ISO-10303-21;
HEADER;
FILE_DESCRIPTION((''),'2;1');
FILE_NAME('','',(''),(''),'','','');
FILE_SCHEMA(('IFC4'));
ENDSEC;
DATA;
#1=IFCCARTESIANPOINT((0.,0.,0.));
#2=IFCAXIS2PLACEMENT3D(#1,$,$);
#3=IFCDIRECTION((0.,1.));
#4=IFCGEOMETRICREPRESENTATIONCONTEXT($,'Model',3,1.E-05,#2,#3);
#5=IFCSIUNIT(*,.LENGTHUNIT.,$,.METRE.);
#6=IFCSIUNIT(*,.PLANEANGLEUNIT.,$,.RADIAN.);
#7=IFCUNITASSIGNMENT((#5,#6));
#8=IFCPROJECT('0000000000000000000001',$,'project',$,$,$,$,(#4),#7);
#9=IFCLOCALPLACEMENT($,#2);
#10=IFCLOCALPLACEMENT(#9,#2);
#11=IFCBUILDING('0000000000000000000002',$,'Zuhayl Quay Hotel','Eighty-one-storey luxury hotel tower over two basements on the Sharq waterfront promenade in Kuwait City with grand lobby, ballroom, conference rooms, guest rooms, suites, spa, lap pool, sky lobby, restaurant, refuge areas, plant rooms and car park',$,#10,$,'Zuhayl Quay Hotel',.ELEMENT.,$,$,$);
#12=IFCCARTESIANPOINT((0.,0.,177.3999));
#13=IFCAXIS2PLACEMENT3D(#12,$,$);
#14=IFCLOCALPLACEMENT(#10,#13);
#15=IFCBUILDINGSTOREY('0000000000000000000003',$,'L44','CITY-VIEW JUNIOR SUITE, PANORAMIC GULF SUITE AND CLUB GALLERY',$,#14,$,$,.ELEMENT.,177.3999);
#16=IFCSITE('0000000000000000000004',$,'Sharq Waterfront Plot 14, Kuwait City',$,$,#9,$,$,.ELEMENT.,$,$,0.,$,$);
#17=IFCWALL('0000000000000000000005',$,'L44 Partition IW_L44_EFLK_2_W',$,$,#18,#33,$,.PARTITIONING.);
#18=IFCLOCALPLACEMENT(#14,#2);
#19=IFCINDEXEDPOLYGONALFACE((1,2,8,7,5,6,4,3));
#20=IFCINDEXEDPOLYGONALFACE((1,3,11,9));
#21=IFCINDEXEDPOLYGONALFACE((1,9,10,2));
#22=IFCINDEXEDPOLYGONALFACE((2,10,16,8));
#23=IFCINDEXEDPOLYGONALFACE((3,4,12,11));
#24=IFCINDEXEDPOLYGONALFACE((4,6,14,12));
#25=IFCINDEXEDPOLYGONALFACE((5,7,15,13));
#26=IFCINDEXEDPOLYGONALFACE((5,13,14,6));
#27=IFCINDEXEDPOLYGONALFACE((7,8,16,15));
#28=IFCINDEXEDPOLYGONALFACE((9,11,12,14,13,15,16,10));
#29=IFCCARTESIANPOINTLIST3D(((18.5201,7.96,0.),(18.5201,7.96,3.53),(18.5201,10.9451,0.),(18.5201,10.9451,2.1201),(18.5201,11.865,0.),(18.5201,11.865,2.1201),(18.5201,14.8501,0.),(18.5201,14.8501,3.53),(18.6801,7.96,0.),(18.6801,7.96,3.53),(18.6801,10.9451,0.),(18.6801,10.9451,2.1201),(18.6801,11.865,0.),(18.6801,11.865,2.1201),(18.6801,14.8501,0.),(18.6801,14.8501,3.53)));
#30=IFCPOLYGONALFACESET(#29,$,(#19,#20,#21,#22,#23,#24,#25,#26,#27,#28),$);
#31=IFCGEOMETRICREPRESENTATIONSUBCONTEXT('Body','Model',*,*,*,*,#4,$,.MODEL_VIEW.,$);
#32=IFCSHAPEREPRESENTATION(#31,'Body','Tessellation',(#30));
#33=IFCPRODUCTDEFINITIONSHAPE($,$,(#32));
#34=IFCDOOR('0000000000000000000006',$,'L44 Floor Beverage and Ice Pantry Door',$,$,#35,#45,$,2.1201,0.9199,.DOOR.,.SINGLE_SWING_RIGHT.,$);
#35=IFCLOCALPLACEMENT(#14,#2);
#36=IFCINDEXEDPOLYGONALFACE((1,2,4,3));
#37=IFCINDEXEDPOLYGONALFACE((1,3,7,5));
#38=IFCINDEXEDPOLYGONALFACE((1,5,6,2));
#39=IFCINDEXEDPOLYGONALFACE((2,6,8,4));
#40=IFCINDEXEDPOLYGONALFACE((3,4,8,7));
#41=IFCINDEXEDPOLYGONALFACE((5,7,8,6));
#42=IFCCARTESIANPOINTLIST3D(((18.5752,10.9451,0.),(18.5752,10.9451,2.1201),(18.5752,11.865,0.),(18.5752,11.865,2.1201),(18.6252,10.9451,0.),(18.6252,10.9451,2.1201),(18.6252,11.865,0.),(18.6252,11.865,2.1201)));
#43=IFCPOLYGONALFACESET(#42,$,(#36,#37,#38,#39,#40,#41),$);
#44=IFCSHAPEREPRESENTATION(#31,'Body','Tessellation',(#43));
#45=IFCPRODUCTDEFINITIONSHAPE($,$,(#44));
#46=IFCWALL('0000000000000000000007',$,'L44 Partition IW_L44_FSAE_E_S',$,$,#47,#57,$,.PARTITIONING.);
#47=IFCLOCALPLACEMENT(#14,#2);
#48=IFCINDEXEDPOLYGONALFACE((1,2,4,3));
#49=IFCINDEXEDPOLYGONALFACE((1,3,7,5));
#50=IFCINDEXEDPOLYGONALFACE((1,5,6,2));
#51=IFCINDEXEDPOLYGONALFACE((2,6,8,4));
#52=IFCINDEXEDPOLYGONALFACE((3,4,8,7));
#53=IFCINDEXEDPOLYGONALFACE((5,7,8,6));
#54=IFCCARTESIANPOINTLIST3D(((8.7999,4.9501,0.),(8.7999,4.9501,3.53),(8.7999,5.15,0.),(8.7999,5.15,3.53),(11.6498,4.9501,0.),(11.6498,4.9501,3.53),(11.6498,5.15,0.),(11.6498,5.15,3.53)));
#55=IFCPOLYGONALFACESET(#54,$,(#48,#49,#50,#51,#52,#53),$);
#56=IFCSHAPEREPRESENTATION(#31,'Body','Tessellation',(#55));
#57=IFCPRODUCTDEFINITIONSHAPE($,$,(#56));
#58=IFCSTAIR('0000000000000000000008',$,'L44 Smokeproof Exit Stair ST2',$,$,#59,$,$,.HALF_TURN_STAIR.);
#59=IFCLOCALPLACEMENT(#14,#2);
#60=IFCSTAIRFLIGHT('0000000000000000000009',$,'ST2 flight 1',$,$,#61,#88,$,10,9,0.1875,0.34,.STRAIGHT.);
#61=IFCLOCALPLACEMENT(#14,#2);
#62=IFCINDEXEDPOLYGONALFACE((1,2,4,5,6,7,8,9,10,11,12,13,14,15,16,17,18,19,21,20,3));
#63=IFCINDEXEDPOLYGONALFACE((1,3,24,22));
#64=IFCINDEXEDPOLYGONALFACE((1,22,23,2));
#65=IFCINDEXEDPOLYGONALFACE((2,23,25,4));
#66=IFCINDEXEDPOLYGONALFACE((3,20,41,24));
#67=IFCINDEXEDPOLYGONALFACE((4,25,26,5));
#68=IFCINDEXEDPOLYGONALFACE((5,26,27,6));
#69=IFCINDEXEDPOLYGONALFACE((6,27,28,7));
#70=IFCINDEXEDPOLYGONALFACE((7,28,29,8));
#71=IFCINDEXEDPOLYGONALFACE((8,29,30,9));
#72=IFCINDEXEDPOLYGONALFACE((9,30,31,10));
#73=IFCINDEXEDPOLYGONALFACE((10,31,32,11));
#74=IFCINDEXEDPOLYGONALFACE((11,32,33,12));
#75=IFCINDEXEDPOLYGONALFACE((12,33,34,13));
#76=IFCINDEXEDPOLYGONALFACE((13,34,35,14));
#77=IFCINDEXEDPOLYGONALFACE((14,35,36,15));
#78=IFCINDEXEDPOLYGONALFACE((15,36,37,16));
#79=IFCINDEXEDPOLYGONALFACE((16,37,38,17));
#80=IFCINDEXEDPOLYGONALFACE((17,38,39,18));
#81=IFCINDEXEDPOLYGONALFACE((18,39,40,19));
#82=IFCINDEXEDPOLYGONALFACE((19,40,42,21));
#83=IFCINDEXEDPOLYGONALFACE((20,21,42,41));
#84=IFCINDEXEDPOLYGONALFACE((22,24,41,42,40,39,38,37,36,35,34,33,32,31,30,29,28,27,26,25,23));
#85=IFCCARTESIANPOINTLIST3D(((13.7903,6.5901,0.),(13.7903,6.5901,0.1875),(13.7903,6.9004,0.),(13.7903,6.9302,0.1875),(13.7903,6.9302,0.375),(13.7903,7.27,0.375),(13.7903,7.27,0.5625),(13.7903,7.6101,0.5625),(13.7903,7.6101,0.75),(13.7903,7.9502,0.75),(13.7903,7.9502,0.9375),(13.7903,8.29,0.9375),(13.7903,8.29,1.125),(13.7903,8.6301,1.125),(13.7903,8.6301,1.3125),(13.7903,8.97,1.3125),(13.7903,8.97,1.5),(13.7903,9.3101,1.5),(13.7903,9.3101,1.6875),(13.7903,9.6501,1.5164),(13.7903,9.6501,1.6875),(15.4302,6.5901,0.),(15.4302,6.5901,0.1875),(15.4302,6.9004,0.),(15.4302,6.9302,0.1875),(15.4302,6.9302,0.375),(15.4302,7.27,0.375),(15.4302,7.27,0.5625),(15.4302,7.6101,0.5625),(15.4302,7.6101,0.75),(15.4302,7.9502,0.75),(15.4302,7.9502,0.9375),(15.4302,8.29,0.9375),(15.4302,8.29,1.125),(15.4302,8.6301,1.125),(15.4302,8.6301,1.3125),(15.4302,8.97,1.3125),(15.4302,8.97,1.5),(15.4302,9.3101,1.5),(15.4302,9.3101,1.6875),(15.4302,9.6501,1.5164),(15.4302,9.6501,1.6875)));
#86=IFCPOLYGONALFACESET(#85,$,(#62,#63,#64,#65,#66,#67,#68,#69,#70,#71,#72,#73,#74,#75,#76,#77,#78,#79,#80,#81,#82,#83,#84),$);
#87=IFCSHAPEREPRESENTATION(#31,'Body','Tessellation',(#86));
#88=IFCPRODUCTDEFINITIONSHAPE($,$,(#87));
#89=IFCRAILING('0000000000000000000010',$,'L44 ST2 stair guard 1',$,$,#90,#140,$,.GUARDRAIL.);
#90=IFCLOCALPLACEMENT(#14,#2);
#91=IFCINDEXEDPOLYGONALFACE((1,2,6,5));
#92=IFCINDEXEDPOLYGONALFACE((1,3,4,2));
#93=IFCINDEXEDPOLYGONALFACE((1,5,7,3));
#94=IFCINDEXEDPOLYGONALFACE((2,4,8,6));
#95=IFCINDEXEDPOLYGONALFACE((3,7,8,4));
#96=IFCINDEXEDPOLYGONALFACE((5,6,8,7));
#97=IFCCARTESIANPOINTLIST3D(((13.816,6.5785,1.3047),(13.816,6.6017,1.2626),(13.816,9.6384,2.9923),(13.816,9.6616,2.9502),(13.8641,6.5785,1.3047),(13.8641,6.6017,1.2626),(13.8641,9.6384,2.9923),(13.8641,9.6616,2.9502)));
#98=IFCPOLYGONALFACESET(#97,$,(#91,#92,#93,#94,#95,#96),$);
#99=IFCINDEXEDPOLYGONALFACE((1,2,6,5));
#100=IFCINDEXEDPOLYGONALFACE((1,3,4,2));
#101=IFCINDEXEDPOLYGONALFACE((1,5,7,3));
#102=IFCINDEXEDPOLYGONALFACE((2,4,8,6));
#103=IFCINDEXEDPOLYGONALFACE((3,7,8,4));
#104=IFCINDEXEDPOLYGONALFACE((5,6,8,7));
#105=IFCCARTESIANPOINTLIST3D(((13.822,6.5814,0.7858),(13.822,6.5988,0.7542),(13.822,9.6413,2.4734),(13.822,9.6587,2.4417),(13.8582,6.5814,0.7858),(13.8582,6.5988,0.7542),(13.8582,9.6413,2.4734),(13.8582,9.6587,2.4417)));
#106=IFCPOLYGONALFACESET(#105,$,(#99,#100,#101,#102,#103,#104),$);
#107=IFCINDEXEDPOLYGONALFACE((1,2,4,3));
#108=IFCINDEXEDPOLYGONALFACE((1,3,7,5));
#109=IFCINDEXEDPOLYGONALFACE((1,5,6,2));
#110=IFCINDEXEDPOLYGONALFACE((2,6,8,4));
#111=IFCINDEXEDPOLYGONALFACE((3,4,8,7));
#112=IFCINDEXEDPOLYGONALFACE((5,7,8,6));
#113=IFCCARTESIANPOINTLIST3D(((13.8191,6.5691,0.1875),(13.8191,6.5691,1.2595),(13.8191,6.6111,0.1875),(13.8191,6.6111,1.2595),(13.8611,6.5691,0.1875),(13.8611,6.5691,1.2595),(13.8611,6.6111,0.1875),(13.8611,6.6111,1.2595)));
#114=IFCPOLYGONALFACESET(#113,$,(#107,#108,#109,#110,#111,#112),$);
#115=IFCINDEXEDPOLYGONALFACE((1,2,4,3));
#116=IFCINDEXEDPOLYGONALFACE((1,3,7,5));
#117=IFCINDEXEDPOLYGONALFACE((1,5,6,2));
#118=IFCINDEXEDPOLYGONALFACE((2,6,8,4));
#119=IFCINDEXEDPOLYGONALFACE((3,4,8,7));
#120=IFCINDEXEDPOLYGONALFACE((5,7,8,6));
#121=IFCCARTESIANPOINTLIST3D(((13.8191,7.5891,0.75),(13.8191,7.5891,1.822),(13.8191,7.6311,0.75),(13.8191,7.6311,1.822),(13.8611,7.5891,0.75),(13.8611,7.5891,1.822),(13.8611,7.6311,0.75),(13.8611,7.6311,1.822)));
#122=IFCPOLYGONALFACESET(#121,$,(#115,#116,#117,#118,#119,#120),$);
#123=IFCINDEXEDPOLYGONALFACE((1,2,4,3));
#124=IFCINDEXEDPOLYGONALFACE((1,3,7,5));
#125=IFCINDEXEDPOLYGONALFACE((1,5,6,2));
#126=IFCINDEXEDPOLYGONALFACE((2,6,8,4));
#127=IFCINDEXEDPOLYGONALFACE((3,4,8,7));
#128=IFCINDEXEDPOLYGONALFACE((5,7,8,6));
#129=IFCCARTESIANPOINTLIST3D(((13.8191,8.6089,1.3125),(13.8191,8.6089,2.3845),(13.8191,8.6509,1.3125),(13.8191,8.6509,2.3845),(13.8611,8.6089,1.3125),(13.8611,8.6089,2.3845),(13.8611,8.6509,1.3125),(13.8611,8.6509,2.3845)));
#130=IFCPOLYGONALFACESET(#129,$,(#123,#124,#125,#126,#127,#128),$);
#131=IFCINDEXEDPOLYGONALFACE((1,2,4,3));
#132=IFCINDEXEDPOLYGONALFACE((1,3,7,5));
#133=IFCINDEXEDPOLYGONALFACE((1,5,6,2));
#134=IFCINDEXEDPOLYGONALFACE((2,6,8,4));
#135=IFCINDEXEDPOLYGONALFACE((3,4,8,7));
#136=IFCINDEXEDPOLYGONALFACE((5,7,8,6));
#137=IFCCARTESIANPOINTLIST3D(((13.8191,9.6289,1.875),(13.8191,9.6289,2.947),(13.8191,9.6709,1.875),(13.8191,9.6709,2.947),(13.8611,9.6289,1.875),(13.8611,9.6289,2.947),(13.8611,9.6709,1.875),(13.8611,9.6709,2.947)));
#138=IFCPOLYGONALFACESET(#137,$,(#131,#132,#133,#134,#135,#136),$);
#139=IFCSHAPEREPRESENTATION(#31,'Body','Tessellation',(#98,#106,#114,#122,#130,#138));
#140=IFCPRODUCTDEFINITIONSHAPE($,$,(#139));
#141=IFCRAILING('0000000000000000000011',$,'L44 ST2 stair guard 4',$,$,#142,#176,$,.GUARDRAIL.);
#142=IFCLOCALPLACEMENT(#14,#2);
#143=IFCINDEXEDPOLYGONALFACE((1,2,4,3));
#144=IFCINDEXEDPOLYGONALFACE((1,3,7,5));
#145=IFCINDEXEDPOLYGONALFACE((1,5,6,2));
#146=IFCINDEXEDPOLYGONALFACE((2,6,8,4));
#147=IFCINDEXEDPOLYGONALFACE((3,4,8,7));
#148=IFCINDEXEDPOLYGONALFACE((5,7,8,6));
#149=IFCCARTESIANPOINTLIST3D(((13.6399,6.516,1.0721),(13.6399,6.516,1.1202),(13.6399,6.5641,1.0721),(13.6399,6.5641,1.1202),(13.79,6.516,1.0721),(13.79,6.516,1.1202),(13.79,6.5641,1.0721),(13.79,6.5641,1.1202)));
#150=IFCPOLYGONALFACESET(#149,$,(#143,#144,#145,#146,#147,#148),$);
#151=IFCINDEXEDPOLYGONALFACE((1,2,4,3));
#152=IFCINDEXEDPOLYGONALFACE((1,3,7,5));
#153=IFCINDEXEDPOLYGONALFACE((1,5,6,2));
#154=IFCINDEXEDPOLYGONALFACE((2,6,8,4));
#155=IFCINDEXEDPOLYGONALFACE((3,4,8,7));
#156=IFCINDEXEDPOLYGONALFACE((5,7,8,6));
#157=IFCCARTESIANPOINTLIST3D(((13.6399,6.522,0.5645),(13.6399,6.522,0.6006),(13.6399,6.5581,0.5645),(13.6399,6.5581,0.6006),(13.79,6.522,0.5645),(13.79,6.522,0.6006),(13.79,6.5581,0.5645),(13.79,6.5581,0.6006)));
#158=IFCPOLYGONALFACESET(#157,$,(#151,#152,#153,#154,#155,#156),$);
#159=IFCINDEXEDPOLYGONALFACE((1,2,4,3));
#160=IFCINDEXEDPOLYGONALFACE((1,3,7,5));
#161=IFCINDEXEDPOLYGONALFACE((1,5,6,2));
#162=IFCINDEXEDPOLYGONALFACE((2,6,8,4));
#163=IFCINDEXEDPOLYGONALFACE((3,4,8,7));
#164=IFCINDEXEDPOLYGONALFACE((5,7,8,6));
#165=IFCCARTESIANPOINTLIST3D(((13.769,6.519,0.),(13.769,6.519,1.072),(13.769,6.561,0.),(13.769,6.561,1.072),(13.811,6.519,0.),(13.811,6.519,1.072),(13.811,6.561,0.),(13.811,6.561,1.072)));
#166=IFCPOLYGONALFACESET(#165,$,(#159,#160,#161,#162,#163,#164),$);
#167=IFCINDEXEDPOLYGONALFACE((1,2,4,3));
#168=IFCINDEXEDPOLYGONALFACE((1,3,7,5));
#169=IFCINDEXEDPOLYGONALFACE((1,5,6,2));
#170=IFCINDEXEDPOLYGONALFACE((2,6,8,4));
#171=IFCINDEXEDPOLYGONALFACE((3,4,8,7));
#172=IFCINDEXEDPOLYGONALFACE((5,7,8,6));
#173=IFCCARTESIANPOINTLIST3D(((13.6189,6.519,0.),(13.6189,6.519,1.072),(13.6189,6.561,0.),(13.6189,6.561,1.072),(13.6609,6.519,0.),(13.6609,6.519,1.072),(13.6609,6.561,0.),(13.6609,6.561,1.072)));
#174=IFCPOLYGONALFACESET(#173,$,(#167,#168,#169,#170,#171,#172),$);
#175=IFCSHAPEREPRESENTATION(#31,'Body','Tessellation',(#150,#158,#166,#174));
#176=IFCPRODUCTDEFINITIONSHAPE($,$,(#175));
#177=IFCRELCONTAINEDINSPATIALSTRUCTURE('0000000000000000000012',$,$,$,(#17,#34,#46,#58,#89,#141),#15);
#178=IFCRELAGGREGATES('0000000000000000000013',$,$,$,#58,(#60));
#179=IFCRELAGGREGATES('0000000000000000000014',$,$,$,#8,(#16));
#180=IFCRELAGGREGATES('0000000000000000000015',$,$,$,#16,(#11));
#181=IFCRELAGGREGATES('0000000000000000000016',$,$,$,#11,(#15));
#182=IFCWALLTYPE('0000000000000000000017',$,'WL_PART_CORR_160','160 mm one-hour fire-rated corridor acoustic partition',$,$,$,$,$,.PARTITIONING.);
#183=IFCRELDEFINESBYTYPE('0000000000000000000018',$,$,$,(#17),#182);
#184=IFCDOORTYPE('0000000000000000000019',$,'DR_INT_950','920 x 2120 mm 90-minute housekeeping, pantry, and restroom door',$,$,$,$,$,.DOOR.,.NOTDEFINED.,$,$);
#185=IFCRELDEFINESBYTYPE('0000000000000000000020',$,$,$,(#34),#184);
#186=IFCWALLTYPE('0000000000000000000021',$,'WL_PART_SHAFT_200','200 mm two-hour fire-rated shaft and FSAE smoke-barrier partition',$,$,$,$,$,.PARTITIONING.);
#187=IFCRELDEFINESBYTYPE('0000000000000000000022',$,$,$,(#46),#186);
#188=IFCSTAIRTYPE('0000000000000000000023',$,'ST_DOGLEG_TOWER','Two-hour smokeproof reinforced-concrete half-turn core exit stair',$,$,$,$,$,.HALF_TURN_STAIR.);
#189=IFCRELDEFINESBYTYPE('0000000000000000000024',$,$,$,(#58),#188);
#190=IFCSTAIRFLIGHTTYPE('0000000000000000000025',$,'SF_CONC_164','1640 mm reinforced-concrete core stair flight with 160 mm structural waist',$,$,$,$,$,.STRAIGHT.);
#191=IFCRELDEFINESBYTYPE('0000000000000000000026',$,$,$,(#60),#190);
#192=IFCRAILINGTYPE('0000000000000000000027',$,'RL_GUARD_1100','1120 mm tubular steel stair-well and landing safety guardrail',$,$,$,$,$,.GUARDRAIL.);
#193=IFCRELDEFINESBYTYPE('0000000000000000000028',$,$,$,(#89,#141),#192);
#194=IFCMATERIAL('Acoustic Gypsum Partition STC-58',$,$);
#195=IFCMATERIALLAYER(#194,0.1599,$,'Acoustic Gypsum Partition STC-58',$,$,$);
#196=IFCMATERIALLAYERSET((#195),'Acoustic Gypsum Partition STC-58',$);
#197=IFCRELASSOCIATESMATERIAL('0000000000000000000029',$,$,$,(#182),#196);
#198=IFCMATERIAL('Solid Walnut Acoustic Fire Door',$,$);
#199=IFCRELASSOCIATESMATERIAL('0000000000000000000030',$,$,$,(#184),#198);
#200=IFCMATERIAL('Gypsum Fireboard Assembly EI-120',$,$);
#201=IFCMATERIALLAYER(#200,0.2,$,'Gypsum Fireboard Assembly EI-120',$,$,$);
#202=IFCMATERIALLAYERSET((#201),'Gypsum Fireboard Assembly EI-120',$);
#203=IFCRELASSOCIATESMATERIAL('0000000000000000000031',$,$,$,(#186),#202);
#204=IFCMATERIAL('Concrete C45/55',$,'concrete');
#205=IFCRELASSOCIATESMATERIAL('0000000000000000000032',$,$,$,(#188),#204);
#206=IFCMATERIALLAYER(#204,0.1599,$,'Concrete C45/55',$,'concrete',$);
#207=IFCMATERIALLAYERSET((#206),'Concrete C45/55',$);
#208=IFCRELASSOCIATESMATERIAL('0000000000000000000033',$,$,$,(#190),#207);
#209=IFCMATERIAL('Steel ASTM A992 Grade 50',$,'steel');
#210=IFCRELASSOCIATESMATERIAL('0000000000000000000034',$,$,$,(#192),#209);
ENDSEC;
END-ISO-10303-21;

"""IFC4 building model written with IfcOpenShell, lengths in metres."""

from ifc_helpers import new_model, si_unit, direction, frame, frame_2d, origin, origin_2d, place, context, subcontext, project, spatial, polyline, rectangle, outline, extrude, material, layer, layer_set, type_object, element, fill, aggregate, save


model = new_model("IFC4")

# Units and contexts
model_context = context("Model", 3, precision=1e-05, world=origin(), true_north=direction((0.0, 1.0)))
body_context = subcontext(model_context, "Body", "Model", "MODEL_VIEW")
ifc_project = project(units=[si_unit("LENGTHUNIT", "METRE"), si_unit("PLANEANGLEUNIT", "RADIAN")], contexts=[model_context])

# Site, building, storey
site_placement = place(None, origin())
site = spatial("IfcSite", under=ifc_project, at=site_placement, Name="Sharq Waterfront Plot 14, Kuwait City", CompositionType="ELEMENT", RefElevation=0.0)
building_placement = place(site_placement, origin())
building = spatial("IfcBuilding", under=site, at=building_placement, Name="Zuhayl Quay Hotel", Description="Eighty-one-storey luxury hotel tower over two basements on the Sharq waterfront promenade in Kuwait City with grand lobby, ballroom, conference rooms, guest rooms, suites, spa, lap pool, sky lobby, restaurant, refuge areas, plant rooms and car park", LongName="Zuhayl Quay Hotel", CompositionType="ELEMENT")
storey_placement = place(building_placement, frame((0.0, 0.0, 177.3999)))
storey = spatial("IfcBuildingStorey", under=building, at=storey_placement, Name="L44", Description="CITY-VIEW JUNIOR SUITE, PANORAMIC GULF SUITE AND CLUB GALLERY", CompositionType="ELEMENT", Elevation=177.3999)

# Shared definitions
ifc_material_1 = material(Name="Acoustic Gypsum Partition STC-58")

# Wall, opening, door
ifc_layer_1 = layer(ifc_material_1, 0.1599, Name="Acoustic Gypsum Partition STC-58")
ifc_layer_set_1 = layer_set([ifc_layer_1], Name="Acoustic Gypsum Partition STC-58")
wall_type_1 = type_object("IfcWallType", Name="WL_PART_CORR_160", Description="160 mm one-hour fire-rated corridor acoustic partition", PredefinedType="PARTITIONING", material=ifc_layer_set_1)
ifc_material_2 = material(Name="Solid Walnut Acoustic Fire Door")
door_type_1 = type_object("IfcDoorType", Name="DR_INT_950", Description="920 x 2120 mm 90-minute housekeeping, pantry, and restroom door", OperationType="NOTDEFINED", PredefinedType="DOOR", material=ifc_material_2)
wall_1_placement = place(storey_placement, frame((18.6001, 7.96, 0.0), z_axis=(0.0, 0.0, 1.0), x_axis=(0.0, 1.0, 0.0)))
wall_1 = element("IfcWall", 1, at=wall_1_placement, inside=storey, type_object=wall_type_1, Name="L44 Partition IW_L44_EFLK_2_W", PredefinedType="PARTITIONING", context=body_context, shape_type="SweptSolid", body=[
    extrude(rectangle(XDim=6.8901, YDim=0.1599, at=frame_2d((3.4451, 0.0))), origin(), (0.0, 0.0, 1.0), 3.53),
])
opening_1_placement = place(wall_1_placement, frame((2.9851, 0.0, 0.0)))
opening_1 = element("IfcOpeningElement", 2, at=opening_1_placement, cuts=wall_1, PredefinedType="OPENING", context=body_context, shape_type="SweptSolid", body=[
    extrude(rectangle(XDim=0.9199, YDim=2.1201, at=frame_2d((0.46, 1.0601))), frame((0.0, 0.0898, 0.0), z_axis=(0.0, -1.0, 0.0), x_axis=(1.0, 0.0, 0.0)), (0.0, 0.0, 1.0), 0.1799),
])
door_1_placement = place(opening_1_placement, origin())
door_1 = element("IfcDoor", 3, at=door_1_placement, inside=storey, type_object=door_type_1, Name="L44 Floor Beverage and Ice Pantry Door", OperationType="SINGLE_SWING_RIGHT", OverallHeight=2.1201, OverallWidth=0.9199, PredefinedType="DOOR", context=body_context, shape_type="SweptSolid", body=[
    extrude(rectangle(XDim=0.9199, YDim=2.1201, at=frame_2d((0.46, 1.0601))), frame((0.0, 0.0249, 0.0), z_axis=(0.0, -1.0, 0.0), x_axis=(1.0, 0.0, 0.0)), (0.0, 0.0, 1.0), 0.05),
])
fill(opening_1, door_1)

# Wall
ifc_material_3 = material(Name="Gypsum Fireboard Assembly EI-120")
ifc_layer_2 = layer(ifc_material_3, 0.2, Name="Gypsum Fireboard Assembly EI-120")
ifc_layer_set_2 = layer_set([ifc_layer_2], Name="Gypsum Fireboard Assembly EI-120")
wall_type_2 = type_object("IfcWallType", Name="WL_PART_SHAFT_200", Description="200 mm two-hour fire-rated shaft and FSAE smoke-barrier partition", PredefinedType="PARTITIONING", material=ifc_layer_set_2)
wall_2_placement = place(storey_placement, frame((8.8, 5.05, 0.0), z_axis=(0.0, 0.0, 1.0), x_axis=(1.0, 0.0, 0.0)))
element("IfcWall", 4, at=wall_2_placement, inside=storey, type_object=wall_type_2, Name="L44 Partition IW_L44_FSAE_E_S", PredefinedType="PARTITIONING", context=body_context, shape_type="SweptSolid", body=[
    extrude(rectangle(XDim=2.8499, YDim=0.2, at=frame_2d((1.4248, 0.0))), origin(), (0.0, 0.0, 1.0), 3.53),
])

# Stair, stair flight
ifc_material_4 = material(Name="Concrete C45/55", Category="concrete")
stair_type = type_object("IfcStairType", Name="ST_DOGLEG_TOWER", Description="Two-hour smokeproof reinforced-concrete half-turn core exit stair", PredefinedType="HALF_TURN_STAIR", material=ifc_material_4)
stair_placement = place(storey_placement, origin())
stair = element("IfcStair", 5, at=stair_placement, inside=storey, type_object=stair_type, Name="L44 Smokeproof Exit Stair ST2", PredefinedType="HALF_TURN_STAIR")
ifc_layer_3 = layer(ifc_material_4, 0.1599, Name="Concrete C45/55", Category="concrete")
ifc_layer_set_3 = layer_set([ifc_layer_3], Name="Concrete C45/55")
stair_flight_type = type_object("IfcStairFlightType", Name="SF_CONC_164", Description="1640 mm reinforced-concrete core stair flight with 160 mm structural waist", PredefinedType="STRAIGHT", material=ifc_layer_set_3)
stair_flight_placement = place(storey_placement, frame((14.6101, 6.5901, 0.0), z_axis=(0.0, 0.0, 1.0), x_axis=(0.0, 1.0, 0.0)))
stair_flight = element("IfcStairFlight", 6, at=stair_flight_placement, type_object=stair_flight_type, Name="ST2 flight 1", NumberOfRisers=10, NumberOfTreads=9, PredefinedType="STRAIGHT", RiserHeight=0.1875, TreadLength=0.34, context=body_context, shape_type="SweptSolid", body=[
    extrude(outline(polyline([(0.0, 0.0), (0.0, 0.1875), (0.3401, 0.1875), (0.3401, 0.375), (0.6799, 0.375), (0.6799, 0.5625), (1.02, 0.5625), (1.02, 0.75), (1.3601, 0.75), (1.3601, 0.9375), (1.7, 0.9375), (1.7, 1.125), (2.04, 1.125), (2.04, 1.3125), (2.3799, 1.3125), (2.3799, 1.5), (2.72, 1.5), (2.72, 1.6875), (3.0601, 1.6875), (3.0601, 1.875), (3.0601, 1.5164), (0.3103, 0.0), (0.0, 0.0)])), frame((0.0, 0.8198, 0.0), z_axis=(0.0, -1.0, 0.0), x_axis=(1.0, 0.0, 0.0)), (0.0, 0.0, 1.0), 1.6399),
])
aggregate(stair, [stair_flight])

# Railings
ifc_material_5 = material(Name="Steel ASTM A992 Grade 50", Category="steel")
railing_type_1 = type_object("IfcRailingType", Name="RL_GUARD_1100", Description="1120 mm tubular steel stair-well and landing safety guardrail", PredefinedType="GUARDRAIL", material=ifc_material_5)
railing_1_placement = place(storey_placement, frame((13.8401, 6.5901, 0.1875)))
element("IfcRailing", 7, at=railing_1_placement, inside=storey, type_object=railing_type_1, Name="L44 ST2 stair guard 1", PredefinedType="GUARDRAIL", context=body_context, shape_type="SweptSolid", body=[
    extrude(rectangle(XDim=0.0481, YDim=0.0481, at=origin_2d()), frame((0.0, 0.0, 1.0962), z_axis=(0.0, 0.875659, 0.48293), x_axis=(-1.0, 0.0, 0.0)), (0.0, 0.0, 1.0), 3.4944),
    extrude(rectangle(XDim=0.0361, YDim=0.0361, at=origin_2d()), frame((0.0, 0.0, 0.5825), z_axis=(0.0, 0.875659, 0.48293), x_axis=(-1.0, 0.0, 0.0)), (0.0, 0.0, 1.0), 3.4944),
    extrude(rectangle(XDim=0.042, YDim=0.042, at=origin_2d()), origin(), (0.0, 0.0, 1.0), 1.072),
    extrude(rectangle(XDim=0.042, YDim=0.042, at=origin_2d()), frame((0.0, 1.02, 0.5625)), (0.0, 0.0, 1.0), 1.072),
    extrude(rectangle(XDim=0.042, YDim=0.042, at=origin_2d()), frame((0.0, 2.0398, 1.125)), (0.0, 0.0, 1.0), 1.072),
    extrude(rectangle(XDim=0.042, YDim=0.042, at=origin_2d()), frame((0.0, 3.0598, 1.6875)), (0.0, 0.0, 1.0), 1.072),
])
railing_2_placement = place(storey_placement, frame((13.79, 6.54, 0.0)))
element("IfcRailing", 8, at=railing_2_placement, inside=storey, type_object=railing_type_1, Name="L44 ST2 stair guard 4", PredefinedType="GUARDRAIL", context=body_context, shape_type="SweptSolid", body=[
    extrude(rectangle(XDim=0.0481, YDim=0.0481, at=origin_2d()), frame((0.0, 0.0, 1.0962), z_axis=(-1.0, 0.0, 0.0), x_axis=(0.0, -1.0, 0.0)), (0.0, 0.0, 1.0), 0.1501),
    extrude(rectangle(XDim=0.0361, YDim=0.0361, at=origin_2d()), frame((0.0, 0.0, 0.5825), z_axis=(-1.0, 0.0, 0.0), x_axis=(0.0, -1.0, 0.0)), (0.0, 0.0, 1.0), 0.1501),
    extrude(rectangle(XDim=0.042, YDim=0.042, at=origin_2d()), origin(), (0.0, 0.0, 1.0), 1.072),
    extrude(rectangle(XDim=0.042, YDim=0.042, at=origin_2d()), frame((-0.1501, 0.0, 0.0)), (0.0, 0.0, 1.0), 1.072),
])

save(model, "model.ifc")
